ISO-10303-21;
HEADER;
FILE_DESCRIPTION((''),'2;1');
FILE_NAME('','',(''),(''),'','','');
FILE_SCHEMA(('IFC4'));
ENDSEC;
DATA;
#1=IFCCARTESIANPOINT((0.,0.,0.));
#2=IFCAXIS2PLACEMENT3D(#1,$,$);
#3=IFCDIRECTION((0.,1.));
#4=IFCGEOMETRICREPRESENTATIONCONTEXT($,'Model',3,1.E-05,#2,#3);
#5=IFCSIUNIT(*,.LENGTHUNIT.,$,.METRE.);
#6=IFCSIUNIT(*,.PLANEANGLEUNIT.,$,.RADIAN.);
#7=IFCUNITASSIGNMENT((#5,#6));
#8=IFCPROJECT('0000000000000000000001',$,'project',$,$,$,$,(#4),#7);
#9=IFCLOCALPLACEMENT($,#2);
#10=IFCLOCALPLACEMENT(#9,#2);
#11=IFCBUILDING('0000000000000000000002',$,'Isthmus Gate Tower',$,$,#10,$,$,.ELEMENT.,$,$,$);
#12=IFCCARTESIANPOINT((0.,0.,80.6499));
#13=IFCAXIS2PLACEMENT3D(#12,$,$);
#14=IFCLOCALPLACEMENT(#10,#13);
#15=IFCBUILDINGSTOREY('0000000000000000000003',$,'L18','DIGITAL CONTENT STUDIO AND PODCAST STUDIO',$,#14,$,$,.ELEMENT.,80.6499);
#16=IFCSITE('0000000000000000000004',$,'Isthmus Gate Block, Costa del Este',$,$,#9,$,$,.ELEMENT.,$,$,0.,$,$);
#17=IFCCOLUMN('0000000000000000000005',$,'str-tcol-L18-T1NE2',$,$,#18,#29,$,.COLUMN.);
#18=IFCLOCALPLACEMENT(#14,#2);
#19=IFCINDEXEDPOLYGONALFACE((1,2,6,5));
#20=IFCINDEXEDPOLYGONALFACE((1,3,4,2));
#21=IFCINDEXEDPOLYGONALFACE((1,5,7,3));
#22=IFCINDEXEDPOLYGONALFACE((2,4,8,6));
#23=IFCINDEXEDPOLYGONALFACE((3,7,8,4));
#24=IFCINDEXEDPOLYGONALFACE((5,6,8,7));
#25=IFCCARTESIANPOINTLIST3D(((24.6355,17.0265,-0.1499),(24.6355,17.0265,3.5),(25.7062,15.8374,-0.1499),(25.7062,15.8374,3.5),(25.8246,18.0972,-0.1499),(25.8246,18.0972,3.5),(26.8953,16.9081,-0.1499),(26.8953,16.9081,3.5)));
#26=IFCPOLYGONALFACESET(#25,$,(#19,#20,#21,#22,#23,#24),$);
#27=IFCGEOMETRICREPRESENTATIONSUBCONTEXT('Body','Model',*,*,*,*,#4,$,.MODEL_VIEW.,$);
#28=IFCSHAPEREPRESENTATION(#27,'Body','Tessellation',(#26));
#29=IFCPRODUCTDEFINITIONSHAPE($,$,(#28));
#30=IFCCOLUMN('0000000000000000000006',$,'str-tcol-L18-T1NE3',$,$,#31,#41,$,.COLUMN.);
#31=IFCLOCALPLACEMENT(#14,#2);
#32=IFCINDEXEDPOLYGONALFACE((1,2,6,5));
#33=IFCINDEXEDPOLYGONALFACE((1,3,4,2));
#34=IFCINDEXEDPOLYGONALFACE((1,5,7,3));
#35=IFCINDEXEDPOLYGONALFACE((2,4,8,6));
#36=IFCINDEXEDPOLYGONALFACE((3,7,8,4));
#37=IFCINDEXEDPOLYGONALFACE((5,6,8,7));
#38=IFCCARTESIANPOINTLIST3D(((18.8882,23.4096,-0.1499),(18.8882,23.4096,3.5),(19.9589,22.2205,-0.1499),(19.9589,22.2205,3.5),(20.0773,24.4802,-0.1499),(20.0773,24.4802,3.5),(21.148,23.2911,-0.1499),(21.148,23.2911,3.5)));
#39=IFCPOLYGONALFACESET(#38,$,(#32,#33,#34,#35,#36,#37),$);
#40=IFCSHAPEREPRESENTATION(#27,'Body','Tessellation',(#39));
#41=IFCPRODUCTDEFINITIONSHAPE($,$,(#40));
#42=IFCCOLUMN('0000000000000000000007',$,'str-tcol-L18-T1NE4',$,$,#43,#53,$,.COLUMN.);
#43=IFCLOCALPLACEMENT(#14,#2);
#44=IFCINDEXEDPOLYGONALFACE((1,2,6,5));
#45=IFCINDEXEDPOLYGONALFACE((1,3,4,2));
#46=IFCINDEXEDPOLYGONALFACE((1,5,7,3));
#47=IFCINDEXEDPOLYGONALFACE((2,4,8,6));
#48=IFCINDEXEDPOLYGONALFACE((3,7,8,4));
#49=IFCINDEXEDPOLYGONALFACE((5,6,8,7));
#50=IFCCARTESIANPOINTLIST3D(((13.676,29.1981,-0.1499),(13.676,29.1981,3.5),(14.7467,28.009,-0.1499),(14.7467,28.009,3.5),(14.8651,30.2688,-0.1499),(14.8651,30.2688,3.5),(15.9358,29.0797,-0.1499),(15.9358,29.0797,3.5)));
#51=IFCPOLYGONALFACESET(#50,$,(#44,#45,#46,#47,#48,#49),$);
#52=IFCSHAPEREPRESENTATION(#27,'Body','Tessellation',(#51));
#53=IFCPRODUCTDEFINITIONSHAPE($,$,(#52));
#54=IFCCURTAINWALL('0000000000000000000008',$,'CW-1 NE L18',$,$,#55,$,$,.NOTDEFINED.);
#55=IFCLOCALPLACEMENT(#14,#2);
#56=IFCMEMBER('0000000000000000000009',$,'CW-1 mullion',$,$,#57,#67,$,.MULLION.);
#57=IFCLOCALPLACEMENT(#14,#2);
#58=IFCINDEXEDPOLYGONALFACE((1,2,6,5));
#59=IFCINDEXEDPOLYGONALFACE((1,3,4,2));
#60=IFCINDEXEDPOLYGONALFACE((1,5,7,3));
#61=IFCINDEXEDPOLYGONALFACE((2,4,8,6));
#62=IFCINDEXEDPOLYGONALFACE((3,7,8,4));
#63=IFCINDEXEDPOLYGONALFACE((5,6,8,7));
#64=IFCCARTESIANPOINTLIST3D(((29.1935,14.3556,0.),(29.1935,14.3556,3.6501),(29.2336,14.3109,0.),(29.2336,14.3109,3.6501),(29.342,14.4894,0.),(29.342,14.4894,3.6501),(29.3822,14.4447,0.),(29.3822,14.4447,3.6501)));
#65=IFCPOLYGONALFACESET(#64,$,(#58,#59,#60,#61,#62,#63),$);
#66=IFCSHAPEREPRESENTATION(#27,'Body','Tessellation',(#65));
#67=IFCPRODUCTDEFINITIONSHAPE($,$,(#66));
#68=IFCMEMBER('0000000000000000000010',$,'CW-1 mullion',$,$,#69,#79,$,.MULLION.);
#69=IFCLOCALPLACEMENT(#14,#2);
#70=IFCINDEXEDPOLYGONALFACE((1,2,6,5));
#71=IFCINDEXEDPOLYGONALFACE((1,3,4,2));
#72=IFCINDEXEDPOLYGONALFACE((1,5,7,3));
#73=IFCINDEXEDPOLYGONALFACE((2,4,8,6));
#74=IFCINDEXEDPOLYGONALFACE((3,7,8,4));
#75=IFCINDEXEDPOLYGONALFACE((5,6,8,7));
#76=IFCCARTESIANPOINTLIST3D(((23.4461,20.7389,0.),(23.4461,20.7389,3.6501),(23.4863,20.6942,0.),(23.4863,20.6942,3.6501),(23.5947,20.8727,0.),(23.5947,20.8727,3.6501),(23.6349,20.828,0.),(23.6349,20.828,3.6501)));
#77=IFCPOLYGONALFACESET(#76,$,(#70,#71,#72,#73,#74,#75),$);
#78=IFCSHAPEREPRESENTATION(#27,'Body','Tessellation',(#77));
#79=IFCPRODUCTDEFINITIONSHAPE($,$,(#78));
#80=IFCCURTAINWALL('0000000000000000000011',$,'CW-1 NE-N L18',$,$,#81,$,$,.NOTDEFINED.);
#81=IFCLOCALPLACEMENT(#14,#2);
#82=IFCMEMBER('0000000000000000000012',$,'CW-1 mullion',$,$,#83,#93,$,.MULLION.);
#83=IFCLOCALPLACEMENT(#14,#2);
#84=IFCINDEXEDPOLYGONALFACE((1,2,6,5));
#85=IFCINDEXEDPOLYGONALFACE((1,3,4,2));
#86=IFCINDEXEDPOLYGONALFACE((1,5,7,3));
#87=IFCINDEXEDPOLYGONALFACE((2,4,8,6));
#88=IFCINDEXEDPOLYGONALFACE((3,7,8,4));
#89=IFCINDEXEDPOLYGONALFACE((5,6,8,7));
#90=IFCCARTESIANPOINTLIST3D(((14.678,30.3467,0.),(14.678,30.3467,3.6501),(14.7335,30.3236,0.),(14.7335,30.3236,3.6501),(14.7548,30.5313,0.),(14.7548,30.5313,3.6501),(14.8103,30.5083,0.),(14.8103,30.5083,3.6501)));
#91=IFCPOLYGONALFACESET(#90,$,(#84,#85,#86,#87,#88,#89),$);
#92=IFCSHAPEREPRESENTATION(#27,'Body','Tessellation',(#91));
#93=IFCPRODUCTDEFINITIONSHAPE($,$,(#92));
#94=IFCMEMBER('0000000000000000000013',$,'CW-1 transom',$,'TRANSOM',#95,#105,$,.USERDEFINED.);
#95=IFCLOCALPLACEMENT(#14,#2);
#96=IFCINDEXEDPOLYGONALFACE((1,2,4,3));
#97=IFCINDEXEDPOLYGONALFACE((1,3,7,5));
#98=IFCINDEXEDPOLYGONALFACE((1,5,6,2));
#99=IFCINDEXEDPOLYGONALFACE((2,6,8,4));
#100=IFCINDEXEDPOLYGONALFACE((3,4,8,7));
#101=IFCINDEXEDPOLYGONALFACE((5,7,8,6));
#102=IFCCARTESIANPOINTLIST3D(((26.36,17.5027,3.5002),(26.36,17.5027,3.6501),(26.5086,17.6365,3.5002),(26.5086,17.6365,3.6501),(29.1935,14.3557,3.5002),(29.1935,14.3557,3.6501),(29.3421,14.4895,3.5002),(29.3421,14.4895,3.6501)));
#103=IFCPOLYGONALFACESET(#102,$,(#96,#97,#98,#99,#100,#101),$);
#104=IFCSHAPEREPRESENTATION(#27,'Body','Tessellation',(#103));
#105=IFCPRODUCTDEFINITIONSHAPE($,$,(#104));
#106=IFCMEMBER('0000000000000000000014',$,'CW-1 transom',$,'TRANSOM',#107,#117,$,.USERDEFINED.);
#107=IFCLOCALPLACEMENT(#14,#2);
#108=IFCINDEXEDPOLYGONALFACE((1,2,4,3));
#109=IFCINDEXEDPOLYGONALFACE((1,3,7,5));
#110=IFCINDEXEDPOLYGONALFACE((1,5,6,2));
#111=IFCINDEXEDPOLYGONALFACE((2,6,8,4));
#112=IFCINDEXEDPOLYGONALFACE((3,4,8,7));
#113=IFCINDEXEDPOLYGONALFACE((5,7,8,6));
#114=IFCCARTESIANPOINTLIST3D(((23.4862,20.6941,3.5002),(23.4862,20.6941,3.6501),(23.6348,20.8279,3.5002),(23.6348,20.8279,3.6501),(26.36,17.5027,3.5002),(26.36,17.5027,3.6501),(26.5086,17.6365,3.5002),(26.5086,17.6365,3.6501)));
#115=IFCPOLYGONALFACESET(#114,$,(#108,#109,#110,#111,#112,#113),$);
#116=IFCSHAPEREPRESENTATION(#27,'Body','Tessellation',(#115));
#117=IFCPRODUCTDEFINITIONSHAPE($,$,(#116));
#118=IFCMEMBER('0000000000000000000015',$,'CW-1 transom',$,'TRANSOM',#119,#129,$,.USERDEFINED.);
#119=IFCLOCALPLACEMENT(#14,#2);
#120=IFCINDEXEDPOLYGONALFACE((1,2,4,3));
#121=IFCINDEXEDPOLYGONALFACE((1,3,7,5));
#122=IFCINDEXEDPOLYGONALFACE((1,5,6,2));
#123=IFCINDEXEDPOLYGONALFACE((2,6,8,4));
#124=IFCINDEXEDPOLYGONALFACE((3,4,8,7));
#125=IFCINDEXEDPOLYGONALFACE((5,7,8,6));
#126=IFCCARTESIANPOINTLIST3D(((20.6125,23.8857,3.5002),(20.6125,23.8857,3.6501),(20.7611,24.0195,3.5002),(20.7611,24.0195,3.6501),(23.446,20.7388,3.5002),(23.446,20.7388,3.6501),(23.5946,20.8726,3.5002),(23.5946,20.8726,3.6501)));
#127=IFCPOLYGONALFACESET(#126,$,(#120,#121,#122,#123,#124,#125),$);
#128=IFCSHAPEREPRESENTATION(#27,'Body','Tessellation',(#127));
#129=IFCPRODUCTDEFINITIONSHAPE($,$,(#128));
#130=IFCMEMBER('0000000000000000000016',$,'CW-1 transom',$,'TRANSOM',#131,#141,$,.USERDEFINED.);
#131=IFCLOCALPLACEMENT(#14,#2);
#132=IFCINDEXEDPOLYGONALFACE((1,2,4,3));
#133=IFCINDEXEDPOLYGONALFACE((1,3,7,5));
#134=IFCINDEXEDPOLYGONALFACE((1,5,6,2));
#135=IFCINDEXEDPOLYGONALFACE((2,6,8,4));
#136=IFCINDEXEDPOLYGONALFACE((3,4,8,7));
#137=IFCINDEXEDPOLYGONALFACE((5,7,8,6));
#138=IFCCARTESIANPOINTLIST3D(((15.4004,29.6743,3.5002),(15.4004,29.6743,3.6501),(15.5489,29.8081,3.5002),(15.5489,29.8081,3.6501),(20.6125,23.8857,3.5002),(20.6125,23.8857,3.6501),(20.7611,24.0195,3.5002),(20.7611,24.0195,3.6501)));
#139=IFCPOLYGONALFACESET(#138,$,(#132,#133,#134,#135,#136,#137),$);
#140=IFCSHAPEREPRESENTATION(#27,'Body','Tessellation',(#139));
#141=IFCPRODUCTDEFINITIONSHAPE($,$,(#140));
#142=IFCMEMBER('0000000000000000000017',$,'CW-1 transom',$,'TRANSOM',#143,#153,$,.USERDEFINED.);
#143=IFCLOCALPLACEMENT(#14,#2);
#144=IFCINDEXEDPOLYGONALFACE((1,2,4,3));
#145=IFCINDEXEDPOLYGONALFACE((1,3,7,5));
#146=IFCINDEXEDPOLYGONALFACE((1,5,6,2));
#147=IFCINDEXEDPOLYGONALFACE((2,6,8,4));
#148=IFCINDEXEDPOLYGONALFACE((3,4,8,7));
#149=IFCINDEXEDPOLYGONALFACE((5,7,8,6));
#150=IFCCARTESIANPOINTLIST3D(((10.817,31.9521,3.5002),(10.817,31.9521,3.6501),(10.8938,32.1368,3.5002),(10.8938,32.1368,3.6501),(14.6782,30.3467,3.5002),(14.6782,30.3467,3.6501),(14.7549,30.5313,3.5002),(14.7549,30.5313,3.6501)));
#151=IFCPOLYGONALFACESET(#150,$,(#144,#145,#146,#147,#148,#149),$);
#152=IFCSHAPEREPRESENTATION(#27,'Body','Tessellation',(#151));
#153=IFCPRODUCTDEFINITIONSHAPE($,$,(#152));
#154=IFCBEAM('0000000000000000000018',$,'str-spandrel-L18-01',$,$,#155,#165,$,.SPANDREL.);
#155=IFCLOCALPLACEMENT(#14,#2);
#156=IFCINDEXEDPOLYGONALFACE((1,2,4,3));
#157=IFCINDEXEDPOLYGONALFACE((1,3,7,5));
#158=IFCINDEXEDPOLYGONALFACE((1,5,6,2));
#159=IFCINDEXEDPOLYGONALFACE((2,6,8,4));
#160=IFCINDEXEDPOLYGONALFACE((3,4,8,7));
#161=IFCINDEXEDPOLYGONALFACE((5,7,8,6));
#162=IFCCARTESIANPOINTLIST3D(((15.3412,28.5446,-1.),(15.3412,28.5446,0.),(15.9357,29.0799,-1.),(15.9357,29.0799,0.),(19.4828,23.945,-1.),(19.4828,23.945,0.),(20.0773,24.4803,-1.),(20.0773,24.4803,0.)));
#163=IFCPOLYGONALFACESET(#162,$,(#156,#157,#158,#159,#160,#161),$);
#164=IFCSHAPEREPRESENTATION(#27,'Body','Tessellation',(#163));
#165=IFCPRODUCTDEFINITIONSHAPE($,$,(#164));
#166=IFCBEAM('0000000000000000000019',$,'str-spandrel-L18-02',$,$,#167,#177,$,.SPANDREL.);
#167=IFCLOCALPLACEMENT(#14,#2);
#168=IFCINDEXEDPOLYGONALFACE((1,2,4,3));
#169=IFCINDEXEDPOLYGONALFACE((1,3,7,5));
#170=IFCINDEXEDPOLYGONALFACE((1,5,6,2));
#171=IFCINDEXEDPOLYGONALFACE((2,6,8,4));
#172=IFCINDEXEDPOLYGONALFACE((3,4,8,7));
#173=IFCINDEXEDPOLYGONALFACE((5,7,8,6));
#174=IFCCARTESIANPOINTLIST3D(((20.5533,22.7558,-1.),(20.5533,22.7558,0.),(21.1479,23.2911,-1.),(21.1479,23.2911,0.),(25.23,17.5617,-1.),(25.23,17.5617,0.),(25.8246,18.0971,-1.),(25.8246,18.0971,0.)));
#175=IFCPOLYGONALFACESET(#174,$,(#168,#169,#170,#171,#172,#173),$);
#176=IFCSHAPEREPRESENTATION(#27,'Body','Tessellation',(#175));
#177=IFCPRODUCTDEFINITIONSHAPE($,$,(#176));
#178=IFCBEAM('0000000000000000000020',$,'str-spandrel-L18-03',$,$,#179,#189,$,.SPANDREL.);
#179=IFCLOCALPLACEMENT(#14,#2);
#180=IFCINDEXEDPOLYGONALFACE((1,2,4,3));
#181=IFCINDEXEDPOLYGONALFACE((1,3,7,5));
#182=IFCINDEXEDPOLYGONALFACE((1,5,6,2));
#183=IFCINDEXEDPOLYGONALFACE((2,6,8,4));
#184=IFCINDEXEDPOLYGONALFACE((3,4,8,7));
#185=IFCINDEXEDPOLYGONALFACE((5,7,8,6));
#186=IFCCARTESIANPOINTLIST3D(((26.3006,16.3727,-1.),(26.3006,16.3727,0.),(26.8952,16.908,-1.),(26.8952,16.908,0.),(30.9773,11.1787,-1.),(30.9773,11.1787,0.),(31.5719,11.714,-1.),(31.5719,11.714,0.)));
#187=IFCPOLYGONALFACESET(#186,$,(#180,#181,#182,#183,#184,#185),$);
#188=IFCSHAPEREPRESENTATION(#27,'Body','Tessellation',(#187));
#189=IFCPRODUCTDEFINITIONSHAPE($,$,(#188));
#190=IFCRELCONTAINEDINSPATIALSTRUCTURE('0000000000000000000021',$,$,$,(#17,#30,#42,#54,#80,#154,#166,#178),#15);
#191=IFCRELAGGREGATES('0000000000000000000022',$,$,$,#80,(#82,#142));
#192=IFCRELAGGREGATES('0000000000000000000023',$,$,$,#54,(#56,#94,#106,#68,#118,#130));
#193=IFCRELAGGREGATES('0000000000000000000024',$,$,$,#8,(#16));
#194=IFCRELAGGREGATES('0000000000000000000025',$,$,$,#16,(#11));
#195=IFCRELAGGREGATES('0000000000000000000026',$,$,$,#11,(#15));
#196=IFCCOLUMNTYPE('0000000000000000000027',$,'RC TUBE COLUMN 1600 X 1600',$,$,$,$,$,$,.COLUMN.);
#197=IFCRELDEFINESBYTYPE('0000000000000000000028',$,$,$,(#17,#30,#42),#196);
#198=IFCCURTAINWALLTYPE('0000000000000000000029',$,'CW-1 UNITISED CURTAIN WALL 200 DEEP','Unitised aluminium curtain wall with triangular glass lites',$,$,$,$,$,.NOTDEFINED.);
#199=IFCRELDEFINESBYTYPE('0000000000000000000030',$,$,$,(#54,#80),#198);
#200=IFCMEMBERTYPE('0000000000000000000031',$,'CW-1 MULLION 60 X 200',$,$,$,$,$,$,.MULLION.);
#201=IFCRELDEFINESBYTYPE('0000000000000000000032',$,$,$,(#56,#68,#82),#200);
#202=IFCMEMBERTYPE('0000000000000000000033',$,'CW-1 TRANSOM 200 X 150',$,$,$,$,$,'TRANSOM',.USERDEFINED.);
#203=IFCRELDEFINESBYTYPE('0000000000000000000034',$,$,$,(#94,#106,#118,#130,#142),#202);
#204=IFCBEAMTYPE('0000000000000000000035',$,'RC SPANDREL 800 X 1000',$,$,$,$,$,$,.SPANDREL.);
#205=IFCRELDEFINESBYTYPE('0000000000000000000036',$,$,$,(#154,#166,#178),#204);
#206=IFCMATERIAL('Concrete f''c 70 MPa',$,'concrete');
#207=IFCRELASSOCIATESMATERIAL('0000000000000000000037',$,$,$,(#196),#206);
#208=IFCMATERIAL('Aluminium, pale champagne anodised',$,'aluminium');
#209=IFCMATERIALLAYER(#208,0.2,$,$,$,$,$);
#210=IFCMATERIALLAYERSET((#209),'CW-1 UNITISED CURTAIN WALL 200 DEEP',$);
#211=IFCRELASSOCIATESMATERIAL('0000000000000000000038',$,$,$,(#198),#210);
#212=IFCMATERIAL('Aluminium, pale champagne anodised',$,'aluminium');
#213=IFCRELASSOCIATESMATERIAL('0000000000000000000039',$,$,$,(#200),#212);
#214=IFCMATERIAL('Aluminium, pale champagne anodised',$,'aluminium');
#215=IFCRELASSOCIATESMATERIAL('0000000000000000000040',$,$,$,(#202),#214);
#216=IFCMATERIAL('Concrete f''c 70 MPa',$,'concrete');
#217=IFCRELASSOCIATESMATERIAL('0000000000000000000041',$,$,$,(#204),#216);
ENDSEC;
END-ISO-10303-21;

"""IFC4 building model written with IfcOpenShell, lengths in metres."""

from ifc_helpers import new_model, si_unit, direction, frame, origin, origin_2d, place, context, subcontext, project, spatial, rectangle, extrude, material, layer, layer_set, material_profile, profile_set, type_object, element, aggregate, save


model = new_model("IFC4")

# Units and contexts
model_context = context("Model", 3, precision=1e-05, world=origin(), true_north=direction((0.0, 1.0)))
body_context = subcontext(model_context, "Body", "Model", "MODEL_VIEW")
ifc_project = project(units=[si_unit("LENGTHUNIT", "METRE"), si_unit("PLANEANGLEUNIT", "RADIAN")], contexts=[model_context])

# Site, building, storey
site_placement = place(None, origin())
site = spatial("IfcSite", under=ifc_project, at=site_placement, Name="Isthmus Gate Block, Costa del Este", CompositionType="ELEMENT", RefElevation=0.0)
building_placement = place(site_placement, origin())
building = spatial("IfcBuilding", under=site, at=building_placement, Name="Isthmus Gate Tower", CompositionType="ELEMENT")
storey_placement = place(building_placement, frame((0.0, 0.0, 80.6499)))
storey = spatial("IfcBuildingStorey", under=building, at=storey_placement, Name="L18", Description="DIGITAL CONTENT STUDIO AND PODCAST STUDIO", CompositionType="ELEMENT", Elevation=80.6499)

# Columns
ifc_material_1 = material(Name="Concrete f'c 70 MPa", Category="concrete")
ifc_material_profile_1 = material_profile(ifc_material_1, rectangle(XDim=1.6001, YDim=1.6001, at=origin_2d()), Name="RC 1600X1600")
ifc_profile_set_1 = profile_set([ifc_material_profile_1], Name="Concrete f'c 70 MPa")
column_type = type_object("IfcColumnType", Name="RC TUBE COLUMN 1600 X 1600", PredefinedType="COLUMN", material=ifc_profile_set_1)
for number, where, z_axis, x_axis, name in (
    (1, (25.7654, 16.9673, -0.1499), (0.0, 0.0, 1.0), (-0.669131, 0.743145, 0.0), "str-tcol-L18-T1NE2"),
    (2, (20.0181, 23.3503, -0.1499), (0.0, 0.0, 1.0), (-0.669131, 0.743145, 0.0), "str-tcol-L18-T1NE3"),
    (3, (14.8059, 29.1389, -0.1499), (0.0, 0.0, 1.0), (-0.669131, 0.743145, 0.0), "str-tcol-L18-T1NE4"),
):
    element("IfcColumn", number, at=place(storey_placement, frame(where, z_axis=z_axis, x_axis=x_axis)), inside=storey, type_object=column_type, Name=name, PredefinedType="COLUMN", context=body_context, shape_type="SweptSolid", body=[
        extrude(rectangle(XDim=1.6001, YDim=1.6001, at=origin_2d()), origin(), (0.0, 0.0, 1.0), 3.6499),
    ])

# Curtain wall, members
ifc_material_2 = material(Name="Aluminium, pale champagne anodised", Category="aluminium")
ifc_layer_1 = layer(ifc_material_2, 0.2)
ifc_layer_set_1 = layer_set([ifc_layer_1], Name="CW-1 UNITISED CURTAIN WALL 200 DEEP")
curtain_wall_type = type_object("IfcCurtainWallType", Name="CW-1 UNITISED CURTAIN WALL 200 DEEP", Description="Unitised aluminium curtain wall with triangular glass lites", PredefinedType="NOTDEFINED", material=ifc_layer_set_1)
curtain_wall_1_placement = place(storey_placement, origin())
curtain_wall_1 = element("IfcCurtainWall", 4, at=curtain_wall_1_placement, inside=storey, type_object=curtain_wall_type, Name="CW-1 NE L18", PredefinedType="NOTDEFINED")
ifc_material_3 = material(Name="Aluminium, pale champagne anodised", Category="aluminium")
ifc_material_profile_2 = material_profile(ifc_material_3, rectangle(XDim=0.0601, YDim=0.2, at=origin_2d()), Name="60x200")
ifc_profile_set_2 = profile_set([ifc_material_profile_2], Name="Aluminium, pale champagne anodised")
member_type_1 = type_object("IfcMemberType", Name="CW-1 MULLION 60 X 200", PredefinedType="MULLION", material=ifc_profile_set_2)
member_1_placement = place(storey_placement, frame((29.2878, 14.4001, 0.0), z_axis=(0.0, 0.0, 1.0), x_axis=(-0.669131, 0.743145, 0.0)))
member_1 = element("IfcMember", 5, at=member_1_placement, type_object=member_type_1, Name="CW-1 mullion", PredefinedType="MULLION", context=body_context, shape_type="SweptSolid", body=[
    extrude(rectangle(XDim=0.0601, YDim=0.2, at=origin_2d()), origin(), (0.0, 0.0, 1.0), 3.6501),
])
member_2_placement = place(storey_placement, frame((23.5405, 20.7834, 0.0), z_axis=(0.0, 0.0, 1.0), x_axis=(-0.669131, 0.743145, 0.0)))
member_2 = element("IfcMember", 6, at=member_2_placement, type_object=member_type_1, Name="CW-1 mullion", PredefinedType="MULLION", context=body_context, shape_type="SweptSolid", body=[
    extrude(rectangle(XDim=0.0601, YDim=0.2, at=origin_2d()), origin(), (0.0, 0.0, 1.0), 3.6501),
])

# Curtain wall, member
curtain_wall_2_placement = place(storey_placement, origin())
curtain_wall_2 = element("IfcCurtainWall", 7, at=curtain_wall_2_placement, inside=storey, type_object=curtain_wall_type, Name="CW-1 NE-N L18", PredefinedType="NOTDEFINED")
member_3_placement = place(storey_placement, frame((14.7441, 30.4275, 0.0), z_axis=(0.0, 0.0, 1.0), x_axis=(-0.923353, 0.383952, 0.0)))
member_3 = element("IfcMember", 8, at=member_3_placement, type_object=member_type_1, Name="CW-1 mullion", PredefinedType="MULLION", context=body_context, shape_type="SweptSolid", body=[
    extrude(rectangle(XDim=0.0601, YDim=0.2, at=origin_2d()), origin(), (0.0, 0.0, 1.0), 3.6501),
])

# Members
ifc_material_4 = material(Name="Aluminium, pale champagne anodised", Category="aluminium")
ifc_material_profile_3 = material_profile(ifc_material_4, rectangle(XDim=0.2, YDim=0.1499, at=origin_2d()), Name="200x150")
ifc_profile_set_3 = profile_set([ifc_material_profile_3], Name="Aluminium, pale champagne anodised")
member_type_2 = type_object("IfcMemberType", Name="CW-1 TRANSOM 200 X 150", ElementType="TRANSOM", PredefinedType="USERDEFINED", material=ifc_profile_set_3)
member_4_placement = place(storey_placement, frame((29.2678, 14.4226, 3.5752), z_axis=(-0.669124, 0.743151, 0.0), x_axis=(-0.743151, -0.669124, 0.0)))
member_4 = element("IfcMember", 9, at=member_4_placement, type_object=member_type_2, Name="CW-1 transom", ObjectType="TRANSOM", PredefinedType="USERDEFINED", context=body_context, shape_type="SweptSolid", body=[
    extrude(rectangle(XDim=0.2, YDim=0.1499, at=origin_2d()), origin(), (0.0, 0.0, 1.0), 4.2346),
])
member_5_placement = place(storey_placement, frame((26.4343, 17.5696, 3.5752), z_axis=(-0.669159, 0.743119, 0.0), x_axis=(-0.743119, -0.669159, 0.0)))
member_5 = element("IfcMember", 10, at=member_5_placement, type_object=member_type_2, Name="CW-1 transom", ObjectType="TRANSOM", PredefinedType="USERDEFINED", context=body_context, shape_type="SweptSolid", body=[
    extrude(rectangle(XDim=0.2, YDim=0.1499, at=origin_2d()), origin(), (0.0, 0.0, 1.0), 4.2947),
])
member_6_placement = place(storey_placement, frame((23.5203, 20.8057, 3.5752), z_axis=(-0.669124, 0.743151, 0.0), x_axis=(-0.743151, -0.669124, 0.0)))
member_6 = element("IfcMember", 11, at=member_6_placement, type_object=member_type_2, Name="CW-1 transom", ObjectType="TRANSOM", PredefinedType="USERDEFINED", context=body_context, shape_type="SweptSolid", body=[
    extrude(rectangle(XDim=0.2, YDim=0.1499, at=origin_2d()), origin(), (0.0, 0.0, 1.0), 4.2346),
])
member_7_placement = place(storey_placement, frame((20.6868, 23.9526, 3.5752), z_axis=(-0.669138, 0.743138, 0.0), x_axis=(-0.743138, -0.669138, 0.0)))
member_7 = element("IfcMember", 12, at=member_7_placement, type_object=member_type_2, Name="CW-1 transom", ObjectType="TRANSOM", PredefinedType="USERDEFINED", context=body_context, shape_type="SweptSolid", body=[
    extrude(rectangle(XDim=0.2, YDim=0.1499, at=origin_2d()), origin(), (0.0, 0.0, 1.0), 7.7893),
])
member_8_placement = place(storey_placement, frame((14.7166, 30.439, 3.5752), z_axis=(-0.923358, 0.38394, 0.0), x_axis=(-0.38394, -0.923358, 0.0)))
member_8 = element("IfcMember", 13, at=member_8_placement, type_object=member_type_2, Name="CW-1 transom", ObjectType="TRANSOM", PredefinedType="USERDEFINED", context=body_context, shape_type="SweptSolid", body=[
    extrude(rectangle(XDim=0.2, YDim=0.1499, at=origin_2d()), origin(), (0.0, 0.0, 1.0), 4.1816),
])
aggregate(curtain_wall_2, [member_3, member_8])

# Beams
ifc_material_5 = material(Name="Concrete f'c 70 MPa", Category="concrete")
ifc_material_profile_4 = material_profile(ifc_material_5, rectangle(XDim=0.8, YDim=1.0, at=origin_2d()), Name="RC 800X1000")
ifc_profile_set_4 = profile_set([ifc_material_profile_4], Name="Concrete f'c 70 MPa")
beam_type_1 = type_object("IfcBeamType", Name="RC SPANDREL 800 X 1000", PredefinedType="SPANDREL", material=ifc_profile_set_4)
beam_1_placement = place(storey_placement, frame((15.6384, 28.8123, -0.5), z_axis=(0.669139, -0.743137, 0.0), x_axis=(0.743137, 0.669139, 0.0)))
element("IfcBeam", 14, at=beam_1_placement, inside=storey, type_object=beam_type_1, Name="str-spandrel-L18-01", PredefinedType="SPANDREL", context=body_context, shape_type="SweptSolid", body=[
    extrude(rectangle(XDim=0.8, YDim=1.0, at=origin_2d()), origin(), (0.0, 0.0, 1.0), 6.1895),
])
for number, where, z_axis, x_axis, name in (
    (15, (20.8506, 23.0234, -0.5), (0.669129, -0.743146, 0.0), (0.743146, 0.669129, 0.0), "str-spandrel-L18-02"),
    (16, (26.5979, 16.6404, -0.5), (0.669129, -0.743146, 0.0), (0.743146, 0.669129, 0.0), "str-spandrel-L18-03"),
):
    element("IfcBeam", number, at=place(storey_placement, frame(where, z_axis=z_axis, x_axis=x_axis)), inside=storey, type_object=beam_type_1, Name=name, PredefinedType="SPANDREL", context=body_context, shape_type="SweptSolid", body=[
        extrude(rectangle(XDim=0.8, YDim=1.0, at=origin_2d()), origin(), (0.0, 0.0, 1.0), 6.9893),
    ])

aggregate(curtain_wall_1, [member_1, member_4, member_5, member_2, member_6, member_7])

save(model, "model.ifc")
